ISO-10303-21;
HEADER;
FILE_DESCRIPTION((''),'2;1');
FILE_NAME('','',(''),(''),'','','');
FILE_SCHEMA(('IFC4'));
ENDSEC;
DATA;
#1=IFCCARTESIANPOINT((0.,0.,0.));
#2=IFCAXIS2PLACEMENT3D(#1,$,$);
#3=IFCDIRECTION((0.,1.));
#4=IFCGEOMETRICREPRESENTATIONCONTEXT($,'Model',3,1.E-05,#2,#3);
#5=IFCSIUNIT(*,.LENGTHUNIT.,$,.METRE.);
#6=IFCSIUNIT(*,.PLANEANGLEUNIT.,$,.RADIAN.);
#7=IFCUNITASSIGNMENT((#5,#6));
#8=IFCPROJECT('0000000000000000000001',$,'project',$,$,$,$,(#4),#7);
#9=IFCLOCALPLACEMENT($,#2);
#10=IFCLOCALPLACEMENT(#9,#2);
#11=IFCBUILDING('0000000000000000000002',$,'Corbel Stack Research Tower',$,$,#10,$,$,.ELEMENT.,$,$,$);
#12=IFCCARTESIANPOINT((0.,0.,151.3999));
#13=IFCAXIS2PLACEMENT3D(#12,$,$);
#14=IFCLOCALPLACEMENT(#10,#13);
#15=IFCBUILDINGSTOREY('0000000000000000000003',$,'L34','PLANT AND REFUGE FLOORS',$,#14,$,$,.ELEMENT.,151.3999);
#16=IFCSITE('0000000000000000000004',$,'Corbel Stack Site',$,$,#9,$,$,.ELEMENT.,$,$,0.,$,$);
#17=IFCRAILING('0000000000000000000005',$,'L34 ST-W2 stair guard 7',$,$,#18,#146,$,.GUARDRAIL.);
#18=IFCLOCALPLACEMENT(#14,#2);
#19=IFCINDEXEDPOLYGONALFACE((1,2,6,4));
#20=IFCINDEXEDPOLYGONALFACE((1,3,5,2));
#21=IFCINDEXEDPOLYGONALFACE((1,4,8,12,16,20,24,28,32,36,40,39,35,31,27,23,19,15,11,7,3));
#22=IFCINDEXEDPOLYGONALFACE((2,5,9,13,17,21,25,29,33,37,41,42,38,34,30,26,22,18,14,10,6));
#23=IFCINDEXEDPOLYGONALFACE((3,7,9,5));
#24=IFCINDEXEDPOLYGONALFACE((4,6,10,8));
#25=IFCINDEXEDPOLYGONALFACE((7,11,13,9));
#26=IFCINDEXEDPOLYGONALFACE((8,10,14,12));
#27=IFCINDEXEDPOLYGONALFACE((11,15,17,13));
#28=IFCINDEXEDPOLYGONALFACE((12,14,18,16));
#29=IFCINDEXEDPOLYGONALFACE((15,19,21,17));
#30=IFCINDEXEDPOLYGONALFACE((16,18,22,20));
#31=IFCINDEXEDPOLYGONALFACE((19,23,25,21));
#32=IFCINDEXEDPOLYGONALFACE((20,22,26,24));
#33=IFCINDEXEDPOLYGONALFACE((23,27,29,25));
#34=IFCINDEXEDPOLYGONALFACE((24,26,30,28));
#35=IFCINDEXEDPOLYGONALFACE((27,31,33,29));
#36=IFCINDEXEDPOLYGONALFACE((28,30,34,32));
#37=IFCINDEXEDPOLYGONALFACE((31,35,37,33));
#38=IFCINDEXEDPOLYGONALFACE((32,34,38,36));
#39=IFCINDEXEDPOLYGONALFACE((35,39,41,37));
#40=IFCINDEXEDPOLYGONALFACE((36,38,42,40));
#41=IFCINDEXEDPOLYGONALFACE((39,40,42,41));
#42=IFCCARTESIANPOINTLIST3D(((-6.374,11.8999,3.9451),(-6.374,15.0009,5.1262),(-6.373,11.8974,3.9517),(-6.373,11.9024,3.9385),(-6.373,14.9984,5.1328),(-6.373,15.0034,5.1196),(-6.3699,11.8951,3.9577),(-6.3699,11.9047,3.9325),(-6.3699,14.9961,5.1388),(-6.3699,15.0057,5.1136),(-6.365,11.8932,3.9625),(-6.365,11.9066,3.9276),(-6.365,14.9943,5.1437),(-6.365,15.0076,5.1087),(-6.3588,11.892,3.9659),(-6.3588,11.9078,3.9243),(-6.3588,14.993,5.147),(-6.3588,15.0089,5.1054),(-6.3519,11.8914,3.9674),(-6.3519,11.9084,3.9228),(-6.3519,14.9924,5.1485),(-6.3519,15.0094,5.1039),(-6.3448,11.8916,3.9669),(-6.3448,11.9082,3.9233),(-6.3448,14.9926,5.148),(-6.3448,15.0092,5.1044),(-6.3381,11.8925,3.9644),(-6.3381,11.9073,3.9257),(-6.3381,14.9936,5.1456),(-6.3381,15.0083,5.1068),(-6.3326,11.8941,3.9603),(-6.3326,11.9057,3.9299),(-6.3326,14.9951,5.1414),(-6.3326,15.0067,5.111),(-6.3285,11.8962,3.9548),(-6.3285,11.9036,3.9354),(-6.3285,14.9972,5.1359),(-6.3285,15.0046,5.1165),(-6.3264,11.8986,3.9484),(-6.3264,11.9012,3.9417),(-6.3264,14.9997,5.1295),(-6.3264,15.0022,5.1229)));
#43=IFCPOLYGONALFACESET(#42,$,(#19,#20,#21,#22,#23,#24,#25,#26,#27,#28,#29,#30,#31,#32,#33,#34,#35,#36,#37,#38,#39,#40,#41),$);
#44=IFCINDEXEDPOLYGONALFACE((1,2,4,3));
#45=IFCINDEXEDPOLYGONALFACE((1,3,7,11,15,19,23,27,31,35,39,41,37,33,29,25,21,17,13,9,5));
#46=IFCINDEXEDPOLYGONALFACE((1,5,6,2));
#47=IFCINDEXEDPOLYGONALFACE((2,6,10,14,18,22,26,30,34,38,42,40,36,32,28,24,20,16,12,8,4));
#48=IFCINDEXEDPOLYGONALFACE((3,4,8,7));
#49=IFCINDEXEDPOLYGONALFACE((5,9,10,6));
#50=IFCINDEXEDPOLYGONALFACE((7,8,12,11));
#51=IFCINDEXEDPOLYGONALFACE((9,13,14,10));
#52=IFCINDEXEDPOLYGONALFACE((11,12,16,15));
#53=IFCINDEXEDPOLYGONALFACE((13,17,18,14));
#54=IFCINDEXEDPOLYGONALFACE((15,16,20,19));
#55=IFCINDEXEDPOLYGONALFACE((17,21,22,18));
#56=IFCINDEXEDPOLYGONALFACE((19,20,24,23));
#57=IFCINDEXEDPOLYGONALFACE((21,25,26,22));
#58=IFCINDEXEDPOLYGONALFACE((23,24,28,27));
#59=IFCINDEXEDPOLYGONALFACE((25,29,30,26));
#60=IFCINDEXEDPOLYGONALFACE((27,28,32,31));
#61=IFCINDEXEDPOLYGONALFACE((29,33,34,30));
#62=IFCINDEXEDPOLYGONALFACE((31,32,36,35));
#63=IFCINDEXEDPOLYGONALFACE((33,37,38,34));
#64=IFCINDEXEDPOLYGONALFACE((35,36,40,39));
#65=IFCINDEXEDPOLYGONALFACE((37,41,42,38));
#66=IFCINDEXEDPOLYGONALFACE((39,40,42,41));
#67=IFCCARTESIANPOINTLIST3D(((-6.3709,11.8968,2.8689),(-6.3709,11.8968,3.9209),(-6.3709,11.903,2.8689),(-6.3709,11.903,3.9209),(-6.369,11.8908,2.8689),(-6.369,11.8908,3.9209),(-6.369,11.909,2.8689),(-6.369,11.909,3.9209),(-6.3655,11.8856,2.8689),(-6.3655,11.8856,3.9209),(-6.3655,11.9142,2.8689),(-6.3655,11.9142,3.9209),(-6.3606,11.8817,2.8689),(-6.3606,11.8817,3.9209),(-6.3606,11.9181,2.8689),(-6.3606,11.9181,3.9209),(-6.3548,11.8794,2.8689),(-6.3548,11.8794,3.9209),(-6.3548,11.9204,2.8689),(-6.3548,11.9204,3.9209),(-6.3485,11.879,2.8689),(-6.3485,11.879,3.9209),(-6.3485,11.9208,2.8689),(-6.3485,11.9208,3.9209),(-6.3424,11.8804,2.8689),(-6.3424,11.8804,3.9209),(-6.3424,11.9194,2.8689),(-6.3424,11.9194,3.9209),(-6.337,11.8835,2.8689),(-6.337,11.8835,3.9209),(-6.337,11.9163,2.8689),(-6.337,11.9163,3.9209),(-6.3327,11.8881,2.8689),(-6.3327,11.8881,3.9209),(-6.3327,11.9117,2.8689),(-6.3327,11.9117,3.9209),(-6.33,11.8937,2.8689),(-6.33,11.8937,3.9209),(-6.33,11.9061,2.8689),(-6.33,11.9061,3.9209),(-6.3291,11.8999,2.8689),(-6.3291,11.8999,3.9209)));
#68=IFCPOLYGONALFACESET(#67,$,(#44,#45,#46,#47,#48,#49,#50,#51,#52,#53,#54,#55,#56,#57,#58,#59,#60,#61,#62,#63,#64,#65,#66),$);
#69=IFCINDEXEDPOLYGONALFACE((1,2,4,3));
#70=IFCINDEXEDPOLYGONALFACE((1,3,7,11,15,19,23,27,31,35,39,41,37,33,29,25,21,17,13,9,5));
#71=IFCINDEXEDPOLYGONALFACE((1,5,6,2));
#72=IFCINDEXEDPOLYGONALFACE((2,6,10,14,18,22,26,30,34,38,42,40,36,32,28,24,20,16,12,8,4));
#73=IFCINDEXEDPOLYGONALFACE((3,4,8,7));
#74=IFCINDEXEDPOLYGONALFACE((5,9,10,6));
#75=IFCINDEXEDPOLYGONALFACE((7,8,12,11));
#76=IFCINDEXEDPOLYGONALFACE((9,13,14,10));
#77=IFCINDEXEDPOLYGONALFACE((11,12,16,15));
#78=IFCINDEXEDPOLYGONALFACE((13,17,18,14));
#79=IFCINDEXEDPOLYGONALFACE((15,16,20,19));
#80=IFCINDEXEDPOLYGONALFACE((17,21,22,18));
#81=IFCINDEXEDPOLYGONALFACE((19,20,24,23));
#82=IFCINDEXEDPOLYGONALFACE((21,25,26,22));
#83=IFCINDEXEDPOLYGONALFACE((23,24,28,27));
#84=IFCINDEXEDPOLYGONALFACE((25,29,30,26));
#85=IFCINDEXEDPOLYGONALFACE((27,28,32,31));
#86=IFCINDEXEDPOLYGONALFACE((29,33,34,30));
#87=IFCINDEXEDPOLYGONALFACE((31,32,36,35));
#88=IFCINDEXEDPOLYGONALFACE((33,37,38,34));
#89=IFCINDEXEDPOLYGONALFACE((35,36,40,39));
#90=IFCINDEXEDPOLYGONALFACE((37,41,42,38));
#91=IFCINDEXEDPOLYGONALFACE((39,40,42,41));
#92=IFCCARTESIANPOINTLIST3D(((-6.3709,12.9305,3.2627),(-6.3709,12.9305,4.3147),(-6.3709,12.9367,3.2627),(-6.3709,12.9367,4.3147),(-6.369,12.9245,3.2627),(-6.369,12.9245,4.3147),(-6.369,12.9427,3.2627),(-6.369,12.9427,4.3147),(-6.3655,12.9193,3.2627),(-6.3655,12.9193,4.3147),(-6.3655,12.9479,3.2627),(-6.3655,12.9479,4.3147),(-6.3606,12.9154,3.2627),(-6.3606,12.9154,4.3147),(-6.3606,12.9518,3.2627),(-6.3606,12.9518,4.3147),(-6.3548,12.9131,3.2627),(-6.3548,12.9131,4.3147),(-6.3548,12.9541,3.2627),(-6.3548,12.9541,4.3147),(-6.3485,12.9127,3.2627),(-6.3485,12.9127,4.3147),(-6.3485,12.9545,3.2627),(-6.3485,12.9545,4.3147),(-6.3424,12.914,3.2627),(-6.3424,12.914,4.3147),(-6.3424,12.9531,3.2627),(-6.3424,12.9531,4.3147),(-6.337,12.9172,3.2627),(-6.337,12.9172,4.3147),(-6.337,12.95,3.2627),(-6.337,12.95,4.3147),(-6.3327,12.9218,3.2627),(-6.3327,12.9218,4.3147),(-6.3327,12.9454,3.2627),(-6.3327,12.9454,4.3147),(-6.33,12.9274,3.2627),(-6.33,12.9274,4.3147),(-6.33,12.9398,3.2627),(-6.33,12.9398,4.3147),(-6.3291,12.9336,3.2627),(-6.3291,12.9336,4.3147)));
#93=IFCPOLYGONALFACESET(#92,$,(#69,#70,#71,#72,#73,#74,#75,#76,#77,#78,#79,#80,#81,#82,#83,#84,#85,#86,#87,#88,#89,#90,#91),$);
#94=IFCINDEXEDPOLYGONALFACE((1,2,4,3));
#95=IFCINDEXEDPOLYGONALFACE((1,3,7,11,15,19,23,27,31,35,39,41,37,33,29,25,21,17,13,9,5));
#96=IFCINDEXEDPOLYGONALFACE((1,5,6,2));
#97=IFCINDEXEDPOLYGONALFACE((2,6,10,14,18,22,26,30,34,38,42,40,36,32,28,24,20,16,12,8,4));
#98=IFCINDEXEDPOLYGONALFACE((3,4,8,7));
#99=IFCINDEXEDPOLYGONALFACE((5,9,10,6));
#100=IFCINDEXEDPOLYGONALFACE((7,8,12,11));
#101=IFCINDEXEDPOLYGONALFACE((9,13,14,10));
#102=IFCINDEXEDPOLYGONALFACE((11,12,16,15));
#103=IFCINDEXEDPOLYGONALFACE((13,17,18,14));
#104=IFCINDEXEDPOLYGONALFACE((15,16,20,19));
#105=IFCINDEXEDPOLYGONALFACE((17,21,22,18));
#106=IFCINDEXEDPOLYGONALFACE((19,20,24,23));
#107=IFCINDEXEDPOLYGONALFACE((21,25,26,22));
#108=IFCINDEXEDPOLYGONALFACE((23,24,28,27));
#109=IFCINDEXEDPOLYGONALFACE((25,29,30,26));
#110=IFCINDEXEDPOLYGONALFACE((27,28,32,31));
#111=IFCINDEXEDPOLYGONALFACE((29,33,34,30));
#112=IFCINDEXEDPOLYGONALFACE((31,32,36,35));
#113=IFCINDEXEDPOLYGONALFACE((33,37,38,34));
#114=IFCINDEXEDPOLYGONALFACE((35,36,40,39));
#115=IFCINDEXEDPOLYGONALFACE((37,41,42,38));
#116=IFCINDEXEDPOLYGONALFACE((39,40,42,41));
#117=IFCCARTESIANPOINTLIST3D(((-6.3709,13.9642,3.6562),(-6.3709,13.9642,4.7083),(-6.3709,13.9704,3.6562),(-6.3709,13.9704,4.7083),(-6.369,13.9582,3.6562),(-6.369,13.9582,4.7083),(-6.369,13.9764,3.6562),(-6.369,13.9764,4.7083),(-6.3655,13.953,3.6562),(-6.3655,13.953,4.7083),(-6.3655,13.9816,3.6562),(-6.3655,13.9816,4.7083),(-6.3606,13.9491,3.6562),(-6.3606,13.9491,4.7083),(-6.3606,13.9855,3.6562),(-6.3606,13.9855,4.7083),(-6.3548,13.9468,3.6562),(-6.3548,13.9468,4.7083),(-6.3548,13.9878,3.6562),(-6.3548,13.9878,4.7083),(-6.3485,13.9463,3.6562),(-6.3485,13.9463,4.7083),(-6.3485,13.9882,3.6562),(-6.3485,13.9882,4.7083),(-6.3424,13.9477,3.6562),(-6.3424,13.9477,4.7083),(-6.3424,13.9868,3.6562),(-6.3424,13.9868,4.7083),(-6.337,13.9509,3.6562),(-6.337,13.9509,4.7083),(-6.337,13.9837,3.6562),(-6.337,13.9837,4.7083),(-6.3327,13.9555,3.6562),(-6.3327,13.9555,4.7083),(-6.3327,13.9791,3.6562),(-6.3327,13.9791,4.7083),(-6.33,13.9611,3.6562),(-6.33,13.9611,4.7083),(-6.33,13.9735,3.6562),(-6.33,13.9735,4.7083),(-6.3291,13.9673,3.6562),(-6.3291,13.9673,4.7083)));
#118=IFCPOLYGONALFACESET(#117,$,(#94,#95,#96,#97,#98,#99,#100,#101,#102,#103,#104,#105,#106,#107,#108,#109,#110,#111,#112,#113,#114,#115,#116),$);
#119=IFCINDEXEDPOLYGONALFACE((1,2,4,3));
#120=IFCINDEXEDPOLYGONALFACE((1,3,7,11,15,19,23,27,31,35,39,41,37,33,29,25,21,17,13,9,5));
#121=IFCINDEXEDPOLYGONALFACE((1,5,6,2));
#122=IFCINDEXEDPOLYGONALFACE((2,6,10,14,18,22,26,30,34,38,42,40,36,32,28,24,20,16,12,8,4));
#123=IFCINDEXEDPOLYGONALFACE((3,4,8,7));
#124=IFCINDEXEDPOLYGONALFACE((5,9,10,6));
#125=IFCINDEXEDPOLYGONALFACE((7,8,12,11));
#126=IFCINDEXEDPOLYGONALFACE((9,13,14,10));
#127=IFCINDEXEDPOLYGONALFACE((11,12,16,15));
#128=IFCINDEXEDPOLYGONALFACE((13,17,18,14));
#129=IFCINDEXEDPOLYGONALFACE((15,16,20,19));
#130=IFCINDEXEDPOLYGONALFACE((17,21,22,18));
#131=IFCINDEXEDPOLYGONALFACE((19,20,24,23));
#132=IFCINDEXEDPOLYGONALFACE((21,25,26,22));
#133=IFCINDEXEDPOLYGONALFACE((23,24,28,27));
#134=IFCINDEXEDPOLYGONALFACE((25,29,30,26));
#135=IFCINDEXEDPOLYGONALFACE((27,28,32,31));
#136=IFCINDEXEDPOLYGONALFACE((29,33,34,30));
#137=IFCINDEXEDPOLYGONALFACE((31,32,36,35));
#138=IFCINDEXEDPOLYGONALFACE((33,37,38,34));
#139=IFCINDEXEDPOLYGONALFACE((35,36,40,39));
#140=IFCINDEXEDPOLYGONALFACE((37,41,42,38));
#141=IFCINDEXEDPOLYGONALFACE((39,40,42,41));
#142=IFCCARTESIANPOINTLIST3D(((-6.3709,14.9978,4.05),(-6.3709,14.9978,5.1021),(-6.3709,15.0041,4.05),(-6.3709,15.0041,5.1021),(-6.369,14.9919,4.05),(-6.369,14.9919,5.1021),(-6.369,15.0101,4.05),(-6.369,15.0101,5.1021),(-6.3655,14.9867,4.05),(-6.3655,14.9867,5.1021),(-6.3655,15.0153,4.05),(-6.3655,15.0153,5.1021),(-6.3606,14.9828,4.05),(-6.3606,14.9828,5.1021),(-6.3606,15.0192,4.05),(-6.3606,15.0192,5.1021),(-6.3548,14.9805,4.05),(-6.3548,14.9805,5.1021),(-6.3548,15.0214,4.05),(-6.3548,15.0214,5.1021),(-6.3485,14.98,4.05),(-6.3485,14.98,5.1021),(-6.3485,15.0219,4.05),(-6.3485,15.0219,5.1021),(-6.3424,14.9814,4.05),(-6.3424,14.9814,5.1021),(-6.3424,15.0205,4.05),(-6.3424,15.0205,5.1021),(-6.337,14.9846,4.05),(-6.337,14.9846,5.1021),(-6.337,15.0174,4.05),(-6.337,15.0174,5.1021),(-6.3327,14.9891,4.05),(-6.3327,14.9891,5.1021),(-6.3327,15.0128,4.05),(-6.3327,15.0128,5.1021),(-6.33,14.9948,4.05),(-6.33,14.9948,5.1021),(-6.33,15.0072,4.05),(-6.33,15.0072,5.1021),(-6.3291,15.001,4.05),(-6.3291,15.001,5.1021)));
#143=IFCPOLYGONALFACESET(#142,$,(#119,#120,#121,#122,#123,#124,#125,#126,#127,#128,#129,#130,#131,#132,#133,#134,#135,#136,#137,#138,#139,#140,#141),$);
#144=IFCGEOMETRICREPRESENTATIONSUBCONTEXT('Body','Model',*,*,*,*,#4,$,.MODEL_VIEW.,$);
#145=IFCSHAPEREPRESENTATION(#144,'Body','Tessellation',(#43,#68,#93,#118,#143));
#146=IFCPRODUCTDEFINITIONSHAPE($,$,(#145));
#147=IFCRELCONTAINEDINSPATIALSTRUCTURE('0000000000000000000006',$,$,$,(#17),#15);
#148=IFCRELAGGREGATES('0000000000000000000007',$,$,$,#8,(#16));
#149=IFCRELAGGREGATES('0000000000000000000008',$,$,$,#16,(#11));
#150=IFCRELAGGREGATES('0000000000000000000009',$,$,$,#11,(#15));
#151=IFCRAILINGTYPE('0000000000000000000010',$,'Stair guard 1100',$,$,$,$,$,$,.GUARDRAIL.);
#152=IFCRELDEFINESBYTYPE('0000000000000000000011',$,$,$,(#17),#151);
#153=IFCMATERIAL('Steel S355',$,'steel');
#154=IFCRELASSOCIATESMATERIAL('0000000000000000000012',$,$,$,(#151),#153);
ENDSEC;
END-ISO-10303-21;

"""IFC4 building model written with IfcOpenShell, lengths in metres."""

from ifc_helpers import new_model, si_unit, direction, frame, origin, origin_2d, place, context, subcontext, project, spatial, circle, extrude, material, type_object, element, save


model = new_model("IFC4")

# Units and contexts
model_context = context("Model", 3, precision=1e-05, world=origin(), true_north=direction((0.0, 1.0)))
body_context = subcontext(model_context, "Body", "Model", "MODEL_VIEW")
ifc_project = project(units=[si_unit("LENGTHUNIT", "METRE"), si_unit("PLANEANGLEUNIT", "RADIAN")], contexts=[model_context])

# Site, building, storey
site_placement = place(None, origin())
site = spatial("IfcSite", under=ifc_project, at=site_placement, Name="Corbel Stack Site", CompositionType="ELEMENT", RefElevation=0.0)
building_placement = place(site_placement, origin())
building = spatial("IfcBuilding", under=site, at=building_placement, Name="Corbel Stack Research Tower", CompositionType="ELEMENT")
storey_placement = place(building_placement, frame((0.0, 0.0, 151.3999)))
storey = spatial("IfcBuildingStorey", under=building, at=storey_placement, Name="L34", Description="PLANT AND REFUGE FLOORS", CompositionType="ELEMENT", Elevation=151.3999)

# Railing
ifc_material_1 = material(Name="Steel S355", Category="steel")
railing_type_1 = type_object("IfcRailingType", Name="Stair guard 1100", PredefinedType="GUARDRAIL", material=ifc_material_1)
railing_1_placement = place(storey_placement, frame((-6.3501, 11.8999, 2.8689)))
element("IfcRailing", 1, at=railing_1_placement, inside=storey, type_object=railing_type_1, Name="L34 ST-W2 stair guard 7", PredefinedType="GUARDRAIL", context=body_context, shape_type="SweptSolid", body=[
    extrude(circle(Radius=0.0239, at=origin_2d()), frame((0.0, 0.0, 1.0762), z_axis=(0.0, 0.934509, 0.35594), x_axis=(-1.0, 0.0, 0.0)), (0.0, 0.0, 1.0), 3.3184),
    extrude(circle(Radius=0.021, at=origin_2d()), origin(), (0.0, 0.0, 1.0), 1.052),
    extrude(circle(Radius=0.021, at=origin_2d()), frame((0.0, 1.0337, 0.3938)), (0.0, 0.0, 1.0), 1.052),
    extrude(circle(Radius=0.021, at=origin_2d()), frame((0.0, 2.0674, 0.7874)), (0.0, 0.0, 1.0), 1.052),
    extrude(circle(Radius=0.021, at=origin_2d()), frame((0.0, 3.1011, 1.1812)), (0.0, 0.0, 1.0), 1.052),
])

save(model, "model.ifc")
